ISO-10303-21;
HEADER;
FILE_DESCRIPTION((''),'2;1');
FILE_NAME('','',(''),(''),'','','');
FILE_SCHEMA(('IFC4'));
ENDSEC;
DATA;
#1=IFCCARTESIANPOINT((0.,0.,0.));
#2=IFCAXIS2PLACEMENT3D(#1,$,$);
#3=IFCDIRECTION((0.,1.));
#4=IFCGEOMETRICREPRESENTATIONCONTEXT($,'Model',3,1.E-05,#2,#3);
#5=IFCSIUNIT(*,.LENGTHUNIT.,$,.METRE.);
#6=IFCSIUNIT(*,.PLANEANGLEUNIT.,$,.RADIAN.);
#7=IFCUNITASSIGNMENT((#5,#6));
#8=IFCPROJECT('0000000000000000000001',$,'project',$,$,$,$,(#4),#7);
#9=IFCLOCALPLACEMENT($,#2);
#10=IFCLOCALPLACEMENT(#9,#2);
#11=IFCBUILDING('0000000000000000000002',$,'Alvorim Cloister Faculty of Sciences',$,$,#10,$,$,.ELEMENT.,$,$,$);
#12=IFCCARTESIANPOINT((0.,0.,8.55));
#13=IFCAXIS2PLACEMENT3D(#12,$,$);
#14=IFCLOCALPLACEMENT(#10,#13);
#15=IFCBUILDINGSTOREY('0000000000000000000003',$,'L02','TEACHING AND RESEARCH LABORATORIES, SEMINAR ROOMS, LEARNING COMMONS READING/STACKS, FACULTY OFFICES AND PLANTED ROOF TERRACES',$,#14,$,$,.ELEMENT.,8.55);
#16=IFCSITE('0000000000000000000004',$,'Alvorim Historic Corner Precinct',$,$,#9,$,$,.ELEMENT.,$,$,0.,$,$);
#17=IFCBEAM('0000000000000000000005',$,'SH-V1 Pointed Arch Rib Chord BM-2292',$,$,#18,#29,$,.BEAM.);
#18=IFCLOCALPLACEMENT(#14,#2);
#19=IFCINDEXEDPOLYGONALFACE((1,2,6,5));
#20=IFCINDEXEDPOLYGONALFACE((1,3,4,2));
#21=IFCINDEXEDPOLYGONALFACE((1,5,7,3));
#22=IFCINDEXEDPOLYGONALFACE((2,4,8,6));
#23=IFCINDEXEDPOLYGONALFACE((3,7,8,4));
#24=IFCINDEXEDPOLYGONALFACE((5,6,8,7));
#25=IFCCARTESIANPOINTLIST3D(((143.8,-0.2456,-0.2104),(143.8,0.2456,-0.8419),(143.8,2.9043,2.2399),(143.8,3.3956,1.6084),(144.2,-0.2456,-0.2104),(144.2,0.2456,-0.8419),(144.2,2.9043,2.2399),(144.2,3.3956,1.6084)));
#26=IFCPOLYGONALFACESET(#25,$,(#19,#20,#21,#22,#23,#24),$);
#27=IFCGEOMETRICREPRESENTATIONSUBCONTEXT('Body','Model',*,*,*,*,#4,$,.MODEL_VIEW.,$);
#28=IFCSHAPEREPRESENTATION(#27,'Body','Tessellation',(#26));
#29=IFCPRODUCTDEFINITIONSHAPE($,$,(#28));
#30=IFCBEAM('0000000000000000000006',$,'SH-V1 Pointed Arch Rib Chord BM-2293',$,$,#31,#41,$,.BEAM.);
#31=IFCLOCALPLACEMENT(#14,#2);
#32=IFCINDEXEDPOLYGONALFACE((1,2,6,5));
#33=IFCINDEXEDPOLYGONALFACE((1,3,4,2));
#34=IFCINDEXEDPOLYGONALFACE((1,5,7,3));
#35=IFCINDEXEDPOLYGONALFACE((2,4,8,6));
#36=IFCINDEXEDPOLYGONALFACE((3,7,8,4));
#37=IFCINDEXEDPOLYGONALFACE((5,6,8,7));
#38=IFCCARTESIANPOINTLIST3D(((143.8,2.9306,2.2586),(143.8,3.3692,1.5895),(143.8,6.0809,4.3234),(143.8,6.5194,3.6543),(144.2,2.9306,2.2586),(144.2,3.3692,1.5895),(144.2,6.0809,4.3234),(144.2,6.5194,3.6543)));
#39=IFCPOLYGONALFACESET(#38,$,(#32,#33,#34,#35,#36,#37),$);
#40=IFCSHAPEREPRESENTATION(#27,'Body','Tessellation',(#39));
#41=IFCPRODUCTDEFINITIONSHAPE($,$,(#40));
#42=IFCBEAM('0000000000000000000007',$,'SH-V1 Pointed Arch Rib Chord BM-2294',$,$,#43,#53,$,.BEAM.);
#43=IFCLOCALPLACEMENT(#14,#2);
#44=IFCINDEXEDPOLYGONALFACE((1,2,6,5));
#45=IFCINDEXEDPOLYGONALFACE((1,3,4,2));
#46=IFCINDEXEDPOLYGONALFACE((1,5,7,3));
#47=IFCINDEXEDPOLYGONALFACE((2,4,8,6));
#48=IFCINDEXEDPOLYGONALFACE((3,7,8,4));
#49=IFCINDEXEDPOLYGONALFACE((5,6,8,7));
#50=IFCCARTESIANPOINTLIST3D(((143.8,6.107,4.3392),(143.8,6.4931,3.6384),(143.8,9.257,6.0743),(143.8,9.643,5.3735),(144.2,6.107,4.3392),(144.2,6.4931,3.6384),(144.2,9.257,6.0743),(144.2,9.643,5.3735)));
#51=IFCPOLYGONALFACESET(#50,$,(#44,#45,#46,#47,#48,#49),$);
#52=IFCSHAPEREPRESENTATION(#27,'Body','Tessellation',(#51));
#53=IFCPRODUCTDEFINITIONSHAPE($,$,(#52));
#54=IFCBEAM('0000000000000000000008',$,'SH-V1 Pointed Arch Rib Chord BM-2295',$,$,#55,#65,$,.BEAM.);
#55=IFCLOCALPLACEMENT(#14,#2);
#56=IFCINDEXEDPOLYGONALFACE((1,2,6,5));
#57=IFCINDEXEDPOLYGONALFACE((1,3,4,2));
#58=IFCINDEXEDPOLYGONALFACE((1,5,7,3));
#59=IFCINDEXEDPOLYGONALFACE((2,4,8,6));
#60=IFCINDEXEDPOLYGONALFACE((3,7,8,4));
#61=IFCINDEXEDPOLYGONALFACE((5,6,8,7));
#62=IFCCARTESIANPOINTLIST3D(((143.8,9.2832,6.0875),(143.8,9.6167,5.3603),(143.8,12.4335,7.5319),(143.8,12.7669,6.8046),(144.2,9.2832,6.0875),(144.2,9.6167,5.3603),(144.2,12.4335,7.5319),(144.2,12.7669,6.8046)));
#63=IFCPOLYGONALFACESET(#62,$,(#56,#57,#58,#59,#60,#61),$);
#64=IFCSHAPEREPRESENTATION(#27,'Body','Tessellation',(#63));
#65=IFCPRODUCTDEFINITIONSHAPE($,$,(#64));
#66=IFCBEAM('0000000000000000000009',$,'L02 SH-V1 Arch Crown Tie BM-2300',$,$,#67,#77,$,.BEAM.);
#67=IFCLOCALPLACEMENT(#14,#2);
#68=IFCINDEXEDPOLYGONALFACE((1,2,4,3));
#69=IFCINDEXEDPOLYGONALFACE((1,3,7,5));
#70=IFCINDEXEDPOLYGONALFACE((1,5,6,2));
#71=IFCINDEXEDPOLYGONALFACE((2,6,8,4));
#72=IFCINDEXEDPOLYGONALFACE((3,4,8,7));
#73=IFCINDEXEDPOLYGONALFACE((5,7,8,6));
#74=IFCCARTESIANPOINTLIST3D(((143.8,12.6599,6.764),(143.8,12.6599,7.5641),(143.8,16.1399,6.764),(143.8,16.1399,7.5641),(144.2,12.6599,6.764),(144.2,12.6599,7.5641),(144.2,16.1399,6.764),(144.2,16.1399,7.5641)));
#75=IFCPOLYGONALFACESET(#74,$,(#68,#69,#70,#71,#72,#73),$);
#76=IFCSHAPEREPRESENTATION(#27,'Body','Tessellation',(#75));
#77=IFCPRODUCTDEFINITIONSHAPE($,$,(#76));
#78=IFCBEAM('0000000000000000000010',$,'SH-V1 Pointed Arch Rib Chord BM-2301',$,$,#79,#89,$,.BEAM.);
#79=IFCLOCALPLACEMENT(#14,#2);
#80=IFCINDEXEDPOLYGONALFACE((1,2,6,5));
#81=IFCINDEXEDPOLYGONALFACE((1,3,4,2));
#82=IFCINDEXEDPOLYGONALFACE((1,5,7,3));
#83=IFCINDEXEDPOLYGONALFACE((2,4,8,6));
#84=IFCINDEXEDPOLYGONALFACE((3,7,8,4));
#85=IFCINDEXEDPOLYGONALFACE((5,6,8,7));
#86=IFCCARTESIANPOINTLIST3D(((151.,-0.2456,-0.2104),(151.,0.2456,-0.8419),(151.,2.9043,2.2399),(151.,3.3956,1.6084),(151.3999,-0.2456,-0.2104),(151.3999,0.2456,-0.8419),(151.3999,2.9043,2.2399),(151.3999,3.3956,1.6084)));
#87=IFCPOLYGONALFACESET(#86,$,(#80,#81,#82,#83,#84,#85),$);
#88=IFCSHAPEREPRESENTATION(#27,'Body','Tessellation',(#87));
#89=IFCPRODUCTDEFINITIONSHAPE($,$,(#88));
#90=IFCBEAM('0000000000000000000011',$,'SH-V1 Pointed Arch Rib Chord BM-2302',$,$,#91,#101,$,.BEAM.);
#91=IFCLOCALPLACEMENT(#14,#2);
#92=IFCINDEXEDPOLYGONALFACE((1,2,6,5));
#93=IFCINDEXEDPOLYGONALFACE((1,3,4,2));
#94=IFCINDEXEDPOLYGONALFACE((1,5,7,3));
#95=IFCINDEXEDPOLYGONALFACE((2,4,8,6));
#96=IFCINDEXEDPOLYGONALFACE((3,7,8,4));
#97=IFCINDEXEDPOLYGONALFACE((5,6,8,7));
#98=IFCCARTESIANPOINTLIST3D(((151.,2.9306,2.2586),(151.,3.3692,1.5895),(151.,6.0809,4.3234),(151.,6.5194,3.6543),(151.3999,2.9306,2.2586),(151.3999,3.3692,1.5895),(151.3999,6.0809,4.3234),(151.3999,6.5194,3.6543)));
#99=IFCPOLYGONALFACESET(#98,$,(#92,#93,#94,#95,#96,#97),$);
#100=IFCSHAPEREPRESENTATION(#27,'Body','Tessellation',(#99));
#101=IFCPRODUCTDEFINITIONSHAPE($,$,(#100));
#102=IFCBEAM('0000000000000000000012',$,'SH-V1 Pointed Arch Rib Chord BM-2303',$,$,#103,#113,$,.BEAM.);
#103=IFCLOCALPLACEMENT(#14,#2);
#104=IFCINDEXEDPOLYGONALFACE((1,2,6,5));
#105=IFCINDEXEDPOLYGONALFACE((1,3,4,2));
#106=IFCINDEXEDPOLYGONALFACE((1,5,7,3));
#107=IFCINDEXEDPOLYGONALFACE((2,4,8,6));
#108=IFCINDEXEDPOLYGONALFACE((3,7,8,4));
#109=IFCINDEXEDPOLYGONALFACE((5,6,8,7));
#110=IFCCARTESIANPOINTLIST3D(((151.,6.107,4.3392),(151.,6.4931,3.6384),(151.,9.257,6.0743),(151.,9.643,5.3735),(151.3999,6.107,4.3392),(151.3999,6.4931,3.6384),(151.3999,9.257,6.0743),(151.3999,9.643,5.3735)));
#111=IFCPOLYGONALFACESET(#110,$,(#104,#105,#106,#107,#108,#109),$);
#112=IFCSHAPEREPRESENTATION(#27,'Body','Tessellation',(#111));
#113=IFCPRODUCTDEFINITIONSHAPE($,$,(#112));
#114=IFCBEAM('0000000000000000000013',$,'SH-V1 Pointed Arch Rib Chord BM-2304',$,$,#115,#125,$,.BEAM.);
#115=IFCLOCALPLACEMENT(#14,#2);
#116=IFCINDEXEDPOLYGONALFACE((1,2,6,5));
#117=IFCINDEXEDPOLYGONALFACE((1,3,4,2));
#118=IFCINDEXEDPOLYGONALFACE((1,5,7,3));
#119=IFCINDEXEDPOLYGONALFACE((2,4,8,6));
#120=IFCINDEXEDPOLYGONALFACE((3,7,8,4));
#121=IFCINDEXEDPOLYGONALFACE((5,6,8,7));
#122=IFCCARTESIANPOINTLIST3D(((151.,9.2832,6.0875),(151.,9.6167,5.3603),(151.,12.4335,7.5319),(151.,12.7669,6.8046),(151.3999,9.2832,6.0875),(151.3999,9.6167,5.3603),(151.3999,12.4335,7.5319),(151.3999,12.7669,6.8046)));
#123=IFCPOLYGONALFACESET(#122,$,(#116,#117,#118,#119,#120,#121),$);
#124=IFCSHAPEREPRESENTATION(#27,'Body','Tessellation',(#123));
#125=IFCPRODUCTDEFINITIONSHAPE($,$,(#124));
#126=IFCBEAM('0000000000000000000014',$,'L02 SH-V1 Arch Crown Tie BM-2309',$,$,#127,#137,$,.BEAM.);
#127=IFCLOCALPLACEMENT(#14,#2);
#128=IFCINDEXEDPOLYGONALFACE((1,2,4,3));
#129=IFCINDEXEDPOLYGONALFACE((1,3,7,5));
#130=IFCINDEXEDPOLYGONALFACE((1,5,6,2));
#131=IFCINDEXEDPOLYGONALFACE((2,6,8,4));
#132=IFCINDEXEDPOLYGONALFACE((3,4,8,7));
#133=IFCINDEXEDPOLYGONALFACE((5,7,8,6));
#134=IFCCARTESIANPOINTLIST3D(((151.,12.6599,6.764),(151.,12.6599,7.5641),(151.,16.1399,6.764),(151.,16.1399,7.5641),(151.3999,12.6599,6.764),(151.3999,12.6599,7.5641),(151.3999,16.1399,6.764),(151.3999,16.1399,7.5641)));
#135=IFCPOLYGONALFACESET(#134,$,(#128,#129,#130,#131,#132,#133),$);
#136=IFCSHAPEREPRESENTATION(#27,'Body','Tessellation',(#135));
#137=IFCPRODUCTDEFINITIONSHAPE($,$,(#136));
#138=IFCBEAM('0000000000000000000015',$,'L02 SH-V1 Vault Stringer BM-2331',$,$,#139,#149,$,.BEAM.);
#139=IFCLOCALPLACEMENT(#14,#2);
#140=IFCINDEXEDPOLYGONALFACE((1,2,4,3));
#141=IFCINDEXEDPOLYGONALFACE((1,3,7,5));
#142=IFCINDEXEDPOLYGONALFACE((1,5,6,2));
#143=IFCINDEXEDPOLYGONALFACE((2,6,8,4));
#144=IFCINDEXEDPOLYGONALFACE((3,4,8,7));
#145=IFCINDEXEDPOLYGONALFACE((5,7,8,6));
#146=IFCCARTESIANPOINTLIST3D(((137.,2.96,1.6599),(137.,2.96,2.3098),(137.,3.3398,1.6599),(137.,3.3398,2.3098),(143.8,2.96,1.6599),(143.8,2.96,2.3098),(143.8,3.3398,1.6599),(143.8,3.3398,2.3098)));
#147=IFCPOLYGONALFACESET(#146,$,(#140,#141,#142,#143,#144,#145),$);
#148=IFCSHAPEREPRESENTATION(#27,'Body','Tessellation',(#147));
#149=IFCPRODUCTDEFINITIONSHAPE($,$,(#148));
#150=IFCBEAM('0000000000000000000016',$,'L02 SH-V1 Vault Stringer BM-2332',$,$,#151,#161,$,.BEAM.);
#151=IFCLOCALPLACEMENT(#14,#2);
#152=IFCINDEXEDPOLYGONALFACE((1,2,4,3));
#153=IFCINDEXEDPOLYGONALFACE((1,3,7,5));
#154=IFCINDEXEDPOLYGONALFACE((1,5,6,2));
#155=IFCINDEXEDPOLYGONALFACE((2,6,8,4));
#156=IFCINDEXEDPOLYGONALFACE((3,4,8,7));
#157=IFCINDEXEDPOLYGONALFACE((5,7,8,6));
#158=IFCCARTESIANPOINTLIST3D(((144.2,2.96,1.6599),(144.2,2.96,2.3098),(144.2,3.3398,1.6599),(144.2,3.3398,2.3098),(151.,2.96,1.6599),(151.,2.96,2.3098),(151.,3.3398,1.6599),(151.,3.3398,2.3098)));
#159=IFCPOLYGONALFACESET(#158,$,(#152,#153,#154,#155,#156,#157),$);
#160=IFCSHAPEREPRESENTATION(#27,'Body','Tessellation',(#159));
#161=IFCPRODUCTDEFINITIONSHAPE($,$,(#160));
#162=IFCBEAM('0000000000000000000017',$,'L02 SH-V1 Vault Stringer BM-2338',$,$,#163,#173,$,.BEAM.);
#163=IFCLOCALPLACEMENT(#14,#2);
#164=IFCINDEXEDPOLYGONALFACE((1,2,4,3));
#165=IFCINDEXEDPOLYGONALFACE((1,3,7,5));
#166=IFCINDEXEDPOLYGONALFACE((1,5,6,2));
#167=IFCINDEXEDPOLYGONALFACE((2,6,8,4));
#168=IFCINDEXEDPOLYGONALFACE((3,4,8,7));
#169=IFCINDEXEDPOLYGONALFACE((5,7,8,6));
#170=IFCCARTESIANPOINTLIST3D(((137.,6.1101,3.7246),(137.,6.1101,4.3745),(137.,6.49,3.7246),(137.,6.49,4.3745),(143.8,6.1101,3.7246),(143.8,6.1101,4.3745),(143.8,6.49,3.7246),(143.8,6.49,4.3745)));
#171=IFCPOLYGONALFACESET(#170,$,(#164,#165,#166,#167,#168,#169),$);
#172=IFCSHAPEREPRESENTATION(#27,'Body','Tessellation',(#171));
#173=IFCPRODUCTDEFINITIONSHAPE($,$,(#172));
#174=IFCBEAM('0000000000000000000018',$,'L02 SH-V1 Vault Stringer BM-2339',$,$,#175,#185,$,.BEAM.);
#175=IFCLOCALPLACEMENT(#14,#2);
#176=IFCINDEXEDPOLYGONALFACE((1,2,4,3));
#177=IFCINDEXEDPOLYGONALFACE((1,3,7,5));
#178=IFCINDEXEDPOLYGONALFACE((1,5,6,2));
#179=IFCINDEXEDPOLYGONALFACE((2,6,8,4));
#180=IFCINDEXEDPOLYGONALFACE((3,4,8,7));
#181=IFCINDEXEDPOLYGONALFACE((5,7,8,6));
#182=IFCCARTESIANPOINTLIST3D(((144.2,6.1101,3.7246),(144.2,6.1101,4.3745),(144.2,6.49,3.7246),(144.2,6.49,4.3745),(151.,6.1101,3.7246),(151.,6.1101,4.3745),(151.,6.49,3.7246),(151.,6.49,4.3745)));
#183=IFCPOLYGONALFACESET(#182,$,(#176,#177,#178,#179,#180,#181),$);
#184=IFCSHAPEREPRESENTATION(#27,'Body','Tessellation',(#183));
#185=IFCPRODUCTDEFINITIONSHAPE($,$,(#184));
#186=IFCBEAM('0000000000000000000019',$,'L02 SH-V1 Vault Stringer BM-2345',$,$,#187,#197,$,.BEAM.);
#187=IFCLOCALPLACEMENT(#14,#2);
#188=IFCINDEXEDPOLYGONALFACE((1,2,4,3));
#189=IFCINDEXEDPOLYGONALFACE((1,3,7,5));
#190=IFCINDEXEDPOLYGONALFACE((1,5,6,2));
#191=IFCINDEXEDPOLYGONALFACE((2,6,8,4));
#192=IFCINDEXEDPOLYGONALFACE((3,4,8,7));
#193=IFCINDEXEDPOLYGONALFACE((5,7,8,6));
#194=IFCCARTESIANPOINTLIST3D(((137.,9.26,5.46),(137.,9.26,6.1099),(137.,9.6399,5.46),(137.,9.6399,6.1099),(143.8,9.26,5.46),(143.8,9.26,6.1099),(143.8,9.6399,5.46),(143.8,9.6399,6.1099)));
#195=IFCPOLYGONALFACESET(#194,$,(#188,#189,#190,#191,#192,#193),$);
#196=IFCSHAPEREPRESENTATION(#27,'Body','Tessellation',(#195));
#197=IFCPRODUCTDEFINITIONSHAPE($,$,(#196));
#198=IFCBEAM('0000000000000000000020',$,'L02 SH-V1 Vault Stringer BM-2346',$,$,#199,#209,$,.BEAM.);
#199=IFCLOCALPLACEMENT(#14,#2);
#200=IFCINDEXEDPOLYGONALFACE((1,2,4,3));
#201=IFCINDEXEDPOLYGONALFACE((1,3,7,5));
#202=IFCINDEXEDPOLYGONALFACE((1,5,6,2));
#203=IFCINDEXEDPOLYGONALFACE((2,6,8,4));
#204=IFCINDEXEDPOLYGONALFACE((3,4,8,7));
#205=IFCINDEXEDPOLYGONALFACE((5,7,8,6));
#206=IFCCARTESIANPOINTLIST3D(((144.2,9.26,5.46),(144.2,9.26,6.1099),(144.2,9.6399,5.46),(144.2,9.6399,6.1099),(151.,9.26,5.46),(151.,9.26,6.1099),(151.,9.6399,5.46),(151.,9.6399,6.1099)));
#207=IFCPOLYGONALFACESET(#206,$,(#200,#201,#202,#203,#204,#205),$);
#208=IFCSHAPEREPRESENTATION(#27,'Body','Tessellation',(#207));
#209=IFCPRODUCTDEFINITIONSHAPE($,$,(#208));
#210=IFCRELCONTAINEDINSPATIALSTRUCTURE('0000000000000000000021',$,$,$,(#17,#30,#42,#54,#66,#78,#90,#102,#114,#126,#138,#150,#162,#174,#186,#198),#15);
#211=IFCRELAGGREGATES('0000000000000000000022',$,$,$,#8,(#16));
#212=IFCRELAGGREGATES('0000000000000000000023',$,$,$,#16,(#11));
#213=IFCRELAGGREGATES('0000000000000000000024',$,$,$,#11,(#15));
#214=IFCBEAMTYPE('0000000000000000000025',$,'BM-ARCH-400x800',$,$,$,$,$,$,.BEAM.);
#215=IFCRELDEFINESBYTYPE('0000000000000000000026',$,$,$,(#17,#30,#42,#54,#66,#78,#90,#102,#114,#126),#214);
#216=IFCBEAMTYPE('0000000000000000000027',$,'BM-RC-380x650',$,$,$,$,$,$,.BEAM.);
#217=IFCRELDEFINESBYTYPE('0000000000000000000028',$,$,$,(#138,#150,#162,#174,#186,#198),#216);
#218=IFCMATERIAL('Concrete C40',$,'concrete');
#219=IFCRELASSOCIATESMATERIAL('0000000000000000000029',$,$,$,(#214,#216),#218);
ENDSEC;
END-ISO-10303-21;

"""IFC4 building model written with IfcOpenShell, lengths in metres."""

from ifc_helpers import new_model, si_unit, direction, frame, origin, origin_2d, place, context, subcontext, project, spatial, rectangle, extrude, material, material_profile, profile_set, type_object, element, save


model = new_model("IFC4")

# Units and contexts
model_context = context("Model", 3, precision=1e-05, world=origin(), true_north=direction((0.0, 1.0)))
body_context = subcontext(model_context, "Body", "Model", "MODEL_VIEW")
ifc_project = project(units=[si_unit("LENGTHUNIT", "METRE"), si_unit("PLANEANGLEUNIT", "RADIAN")], contexts=[model_context])

# Site, building, storey
site_placement = place(None, origin())
site = spatial("IfcSite", under=ifc_project, at=site_placement, Name="Alvorim Historic Corner Precinct", CompositionType="ELEMENT", RefElevation=0.0)
building_placement = place(site_placement, origin())
building = spatial("IfcBuilding", under=site, at=building_placement, Name="Alvorim Cloister Faculty of Sciences", CompositionType="ELEMENT")
storey_placement = place(building_placement, frame((0.0, 0.0, 8.55)))
storey = spatial("IfcBuildingStorey", under=building, at=storey_placement, Name="L02", Description="TEACHING AND RESEARCH LABORATORIES, SEMINAR ROOMS, LEARNING COMMONS READING/STACKS, FACULTY OFFICES AND PLANTED ROOF TERRACES", CompositionType="ELEMENT", Elevation=8.55)

# Beams
ifc_material = material(Name="Concrete C40", Category="concrete")
ifc_material_profile_1 = material_profile(ifc_material, rectangle(XDim=0.3999, YDim=0.8, at=origin_2d()), Name="RC40-ARCH-400x800")
ifc_profile_set_1 = profile_set([ifc_material_profile_1], Name="Concrete C40")
beam_type_1 = type_object("IfcBeamType", Name="BM-ARCH-400x800", PredefinedType="BEAM", material=ifc_profile_set_1)
beam_1_placement = place(storey_placement, frame((144.0, 0.0, -0.5261), z_axis=(0.0, 0.789319, 0.613983), x_axis=(-1.0, 0.0, 0.0)))
element("IfcBeam", 1, at=beam_1_placement, inside=storey, type_object=beam_type_1, Name="SH-V1 Pointed Arch Rib Chord BM-2292", PredefinedType="BEAM", context=body_context, shape_type="SweptSolid", body=[
    extrude(rectangle(XDim=0.3999, YDim=0.8, at=origin_2d()), origin(), (0.0, 0.0, 1.0), 3.9907),
])
beam_2_placement = place(storey_placement, frame((144.0, 3.1499, 1.9241), z_axis=(0.0, 0.836363, 0.548176), x_axis=(-1.0, 0.0, 0.0)))
element("IfcBeam", 2, at=beam_2_placement, inside=storey, type_object=beam_type_1, Name="SH-V1 Pointed Arch Rib Chord BM-2293", PredefinedType="BEAM", context=body_context, shape_type="SweptSolid", body=[
    extrude(rectangle(XDim=0.3999, YDim=0.8, at=origin_2d()), origin(), (0.0, 0.0, 1.0), 3.7666),
])
beam_3_placement = place(storey_placement, frame((144.0, 6.3, 3.9888), z_axis=(0.0, 0.875903, 0.482487), x_axis=(-1.0, 0.0, 0.0)))
element("IfcBeam", 3, at=beam_3_placement, inside=storey, type_object=beam_type_1, Name="SH-V1 Pointed Arch Rib Chord BM-2294", PredefinedType="BEAM", context=body_context, shape_type="SweptSolid", body=[
    extrude(rectangle(XDim=0.3999, YDim=0.8, at=origin_2d()), origin(), (0.0, 0.0, 1.0), 3.5962),
])
beam_4_placement = place(storey_placement, frame((144.0, 9.45, 5.7239), z_axis=(0.0, 0.909008, 0.416778), x_axis=(-1.0, 0.0, 0.0)))
element("IfcBeam", 4, at=beam_4_placement, inside=storey, type_object=beam_type_1, Name="SH-V1 Pointed Arch Rib Chord BM-2295", PredefinedType="BEAM", context=body_context, shape_type="SweptSolid", body=[
    extrude(rectangle(XDim=0.3999, YDim=0.8, at=origin_2d()), origin(), (0.0, 0.0, 1.0), 3.4656),
])
beam_5_placement = place(storey_placement, frame((144.0, 12.6599, 7.1641), z_axis=(0.0, 1.0, 0.0), x_axis=(-1.0, 0.0, 0.0)))
element("IfcBeam", 5, at=beam_5_placement, inside=storey, type_object=beam_type_1, Name="L02 SH-V1 Arch Crown Tie BM-2300", PredefinedType="BEAM", context=body_context, shape_type="SweptSolid", body=[
    extrude(rectangle(XDim=0.3999, YDim=0.8, at=origin_2d()), origin(), (0.0, 0.0, 1.0), 3.48),
])
beam_6_placement = place(storey_placement, frame((151.2, 0.0, -0.5261), z_axis=(0.0, 0.789319, 0.613983), x_axis=(-1.0, 0.0, 0.0)))
element("IfcBeam", 6, at=beam_6_placement, inside=storey, type_object=beam_type_1, Name="SH-V1 Pointed Arch Rib Chord BM-2301", PredefinedType="BEAM", context=body_context, shape_type="SweptSolid", body=[
    extrude(rectangle(XDim=0.3999, YDim=0.8, at=origin_2d()), origin(), (0.0, 0.0, 1.0), 3.9907),
])
beam_7_placement = place(storey_placement, frame((151.2, 3.1499, 1.9241), z_axis=(0.0, 0.836363, 0.548176), x_axis=(-1.0, 0.0, 0.0)))
element("IfcBeam", 7, at=beam_7_placement, inside=storey, type_object=beam_type_1, Name="SH-V1 Pointed Arch Rib Chord BM-2302", PredefinedType="BEAM", context=body_context, shape_type="SweptSolid", body=[
    extrude(rectangle(XDim=0.3999, YDim=0.8, at=origin_2d()), origin(), (0.0, 0.0, 1.0), 3.7666),
])
beam_8_placement = place(storey_placement, frame((151.2, 6.3, 3.9888), z_axis=(0.0, 0.875903, 0.482487), x_axis=(-1.0, 0.0, 0.0)))
element("IfcBeam", 8, at=beam_8_placement, inside=storey, type_object=beam_type_1, Name="SH-V1 Pointed Arch Rib Chord BM-2303", PredefinedType="BEAM", context=body_context, shape_type="SweptSolid", body=[
    extrude(rectangle(XDim=0.3999, YDim=0.8, at=origin_2d()), origin(), (0.0, 0.0, 1.0), 3.5962),
])
beam_9_placement = place(storey_placement, frame((151.2, 9.45, 5.7239), z_axis=(0.0, 0.909008, 0.416778), x_axis=(-1.0, 0.0, 0.0)))
element("IfcBeam", 9, at=beam_9_placement, inside=storey, type_object=beam_type_1, Name="SH-V1 Pointed Arch Rib Chord BM-2304", PredefinedType="BEAM", context=body_context, shape_type="SweptSolid", body=[
    extrude(rectangle(XDim=0.3999, YDim=0.8, at=origin_2d()), origin(), (0.0, 0.0, 1.0), 3.4656),
])
beam_10_placement = place(storey_placement, frame((151.2, 12.6599, 7.1641), z_axis=(0.0, 1.0, 0.0), x_axis=(-1.0, 0.0, 0.0)))
element("IfcBeam", 10, at=beam_10_placement, inside=storey, type_object=beam_type_1, Name="L02 SH-V1 Arch Crown Tie BM-2309", PredefinedType="BEAM", context=body_context, shape_type="SweptSolid", body=[
    extrude(rectangle(XDim=0.3999, YDim=0.8, at=origin_2d()), origin(), (0.0, 0.0, 1.0), 3.48),
])
ifc_material_profile_2 = material_profile(ifc_material, rectangle(XDim=0.3799, YDim=0.6499, at=origin_2d()), Name="RC40-BM-380x650")
ifc_profile_set_2 = profile_set([ifc_material_profile_2], Name="Concrete C40")
beam_type_2 = type_object("IfcBeamType", Name="BM-RC-380x650", PredefinedType="BEAM", material=ifc_profile_set_2)
for number, where, z_axis, x_axis, name in (
    (11, (137.0, 3.1499, 1.9849), (1.0, 0.0, 0.0), (0.0, 1.0, 0.0), "L02 SH-V1 Vault Stringer BM-2331"),
    (12, (144.2, 3.1499, 1.9849), (1.0, 0.0, 0.0), (0.0, 1.0, 0.0), "L02 SH-V1 Vault Stringer BM-2332"),
    (13, (137.0, 6.3, 4.0496), (1.0, 0.0, 0.0), (0.0, 1.0, 0.0), "L02 SH-V1 Vault Stringer BM-2338"),
    (14, (144.2, 6.3, 4.0496), (1.0, 0.0, 0.0), (0.0, 1.0, 0.0), "L02 SH-V1 Vault Stringer BM-2339"),
    (15, (137.0, 9.45, 5.7849), (1.0, 0.0, 0.0), (0.0, 1.0, 0.0), "L02 SH-V1 Vault Stringer BM-2345"),
    (16, (144.2, 9.45, 5.7849), (1.0, 0.0, 0.0), (0.0, 1.0, 0.0), "L02 SH-V1 Vault Stringer BM-2346"),
):
    element("IfcBeam", number, at=place(storey_placement, frame(where, z_axis=z_axis, x_axis=x_axis)), inside=storey, type_object=beam_type_2, Name=name, PredefinedType="BEAM", context=body_context, shape_type="SweptSolid", body=[
        extrude(rectangle(XDim=0.3799, YDim=0.6499, at=origin_2d()), origin(), (0.0, 0.0, 1.0), 6.8),
    ])

save(model, "model.ifc")
